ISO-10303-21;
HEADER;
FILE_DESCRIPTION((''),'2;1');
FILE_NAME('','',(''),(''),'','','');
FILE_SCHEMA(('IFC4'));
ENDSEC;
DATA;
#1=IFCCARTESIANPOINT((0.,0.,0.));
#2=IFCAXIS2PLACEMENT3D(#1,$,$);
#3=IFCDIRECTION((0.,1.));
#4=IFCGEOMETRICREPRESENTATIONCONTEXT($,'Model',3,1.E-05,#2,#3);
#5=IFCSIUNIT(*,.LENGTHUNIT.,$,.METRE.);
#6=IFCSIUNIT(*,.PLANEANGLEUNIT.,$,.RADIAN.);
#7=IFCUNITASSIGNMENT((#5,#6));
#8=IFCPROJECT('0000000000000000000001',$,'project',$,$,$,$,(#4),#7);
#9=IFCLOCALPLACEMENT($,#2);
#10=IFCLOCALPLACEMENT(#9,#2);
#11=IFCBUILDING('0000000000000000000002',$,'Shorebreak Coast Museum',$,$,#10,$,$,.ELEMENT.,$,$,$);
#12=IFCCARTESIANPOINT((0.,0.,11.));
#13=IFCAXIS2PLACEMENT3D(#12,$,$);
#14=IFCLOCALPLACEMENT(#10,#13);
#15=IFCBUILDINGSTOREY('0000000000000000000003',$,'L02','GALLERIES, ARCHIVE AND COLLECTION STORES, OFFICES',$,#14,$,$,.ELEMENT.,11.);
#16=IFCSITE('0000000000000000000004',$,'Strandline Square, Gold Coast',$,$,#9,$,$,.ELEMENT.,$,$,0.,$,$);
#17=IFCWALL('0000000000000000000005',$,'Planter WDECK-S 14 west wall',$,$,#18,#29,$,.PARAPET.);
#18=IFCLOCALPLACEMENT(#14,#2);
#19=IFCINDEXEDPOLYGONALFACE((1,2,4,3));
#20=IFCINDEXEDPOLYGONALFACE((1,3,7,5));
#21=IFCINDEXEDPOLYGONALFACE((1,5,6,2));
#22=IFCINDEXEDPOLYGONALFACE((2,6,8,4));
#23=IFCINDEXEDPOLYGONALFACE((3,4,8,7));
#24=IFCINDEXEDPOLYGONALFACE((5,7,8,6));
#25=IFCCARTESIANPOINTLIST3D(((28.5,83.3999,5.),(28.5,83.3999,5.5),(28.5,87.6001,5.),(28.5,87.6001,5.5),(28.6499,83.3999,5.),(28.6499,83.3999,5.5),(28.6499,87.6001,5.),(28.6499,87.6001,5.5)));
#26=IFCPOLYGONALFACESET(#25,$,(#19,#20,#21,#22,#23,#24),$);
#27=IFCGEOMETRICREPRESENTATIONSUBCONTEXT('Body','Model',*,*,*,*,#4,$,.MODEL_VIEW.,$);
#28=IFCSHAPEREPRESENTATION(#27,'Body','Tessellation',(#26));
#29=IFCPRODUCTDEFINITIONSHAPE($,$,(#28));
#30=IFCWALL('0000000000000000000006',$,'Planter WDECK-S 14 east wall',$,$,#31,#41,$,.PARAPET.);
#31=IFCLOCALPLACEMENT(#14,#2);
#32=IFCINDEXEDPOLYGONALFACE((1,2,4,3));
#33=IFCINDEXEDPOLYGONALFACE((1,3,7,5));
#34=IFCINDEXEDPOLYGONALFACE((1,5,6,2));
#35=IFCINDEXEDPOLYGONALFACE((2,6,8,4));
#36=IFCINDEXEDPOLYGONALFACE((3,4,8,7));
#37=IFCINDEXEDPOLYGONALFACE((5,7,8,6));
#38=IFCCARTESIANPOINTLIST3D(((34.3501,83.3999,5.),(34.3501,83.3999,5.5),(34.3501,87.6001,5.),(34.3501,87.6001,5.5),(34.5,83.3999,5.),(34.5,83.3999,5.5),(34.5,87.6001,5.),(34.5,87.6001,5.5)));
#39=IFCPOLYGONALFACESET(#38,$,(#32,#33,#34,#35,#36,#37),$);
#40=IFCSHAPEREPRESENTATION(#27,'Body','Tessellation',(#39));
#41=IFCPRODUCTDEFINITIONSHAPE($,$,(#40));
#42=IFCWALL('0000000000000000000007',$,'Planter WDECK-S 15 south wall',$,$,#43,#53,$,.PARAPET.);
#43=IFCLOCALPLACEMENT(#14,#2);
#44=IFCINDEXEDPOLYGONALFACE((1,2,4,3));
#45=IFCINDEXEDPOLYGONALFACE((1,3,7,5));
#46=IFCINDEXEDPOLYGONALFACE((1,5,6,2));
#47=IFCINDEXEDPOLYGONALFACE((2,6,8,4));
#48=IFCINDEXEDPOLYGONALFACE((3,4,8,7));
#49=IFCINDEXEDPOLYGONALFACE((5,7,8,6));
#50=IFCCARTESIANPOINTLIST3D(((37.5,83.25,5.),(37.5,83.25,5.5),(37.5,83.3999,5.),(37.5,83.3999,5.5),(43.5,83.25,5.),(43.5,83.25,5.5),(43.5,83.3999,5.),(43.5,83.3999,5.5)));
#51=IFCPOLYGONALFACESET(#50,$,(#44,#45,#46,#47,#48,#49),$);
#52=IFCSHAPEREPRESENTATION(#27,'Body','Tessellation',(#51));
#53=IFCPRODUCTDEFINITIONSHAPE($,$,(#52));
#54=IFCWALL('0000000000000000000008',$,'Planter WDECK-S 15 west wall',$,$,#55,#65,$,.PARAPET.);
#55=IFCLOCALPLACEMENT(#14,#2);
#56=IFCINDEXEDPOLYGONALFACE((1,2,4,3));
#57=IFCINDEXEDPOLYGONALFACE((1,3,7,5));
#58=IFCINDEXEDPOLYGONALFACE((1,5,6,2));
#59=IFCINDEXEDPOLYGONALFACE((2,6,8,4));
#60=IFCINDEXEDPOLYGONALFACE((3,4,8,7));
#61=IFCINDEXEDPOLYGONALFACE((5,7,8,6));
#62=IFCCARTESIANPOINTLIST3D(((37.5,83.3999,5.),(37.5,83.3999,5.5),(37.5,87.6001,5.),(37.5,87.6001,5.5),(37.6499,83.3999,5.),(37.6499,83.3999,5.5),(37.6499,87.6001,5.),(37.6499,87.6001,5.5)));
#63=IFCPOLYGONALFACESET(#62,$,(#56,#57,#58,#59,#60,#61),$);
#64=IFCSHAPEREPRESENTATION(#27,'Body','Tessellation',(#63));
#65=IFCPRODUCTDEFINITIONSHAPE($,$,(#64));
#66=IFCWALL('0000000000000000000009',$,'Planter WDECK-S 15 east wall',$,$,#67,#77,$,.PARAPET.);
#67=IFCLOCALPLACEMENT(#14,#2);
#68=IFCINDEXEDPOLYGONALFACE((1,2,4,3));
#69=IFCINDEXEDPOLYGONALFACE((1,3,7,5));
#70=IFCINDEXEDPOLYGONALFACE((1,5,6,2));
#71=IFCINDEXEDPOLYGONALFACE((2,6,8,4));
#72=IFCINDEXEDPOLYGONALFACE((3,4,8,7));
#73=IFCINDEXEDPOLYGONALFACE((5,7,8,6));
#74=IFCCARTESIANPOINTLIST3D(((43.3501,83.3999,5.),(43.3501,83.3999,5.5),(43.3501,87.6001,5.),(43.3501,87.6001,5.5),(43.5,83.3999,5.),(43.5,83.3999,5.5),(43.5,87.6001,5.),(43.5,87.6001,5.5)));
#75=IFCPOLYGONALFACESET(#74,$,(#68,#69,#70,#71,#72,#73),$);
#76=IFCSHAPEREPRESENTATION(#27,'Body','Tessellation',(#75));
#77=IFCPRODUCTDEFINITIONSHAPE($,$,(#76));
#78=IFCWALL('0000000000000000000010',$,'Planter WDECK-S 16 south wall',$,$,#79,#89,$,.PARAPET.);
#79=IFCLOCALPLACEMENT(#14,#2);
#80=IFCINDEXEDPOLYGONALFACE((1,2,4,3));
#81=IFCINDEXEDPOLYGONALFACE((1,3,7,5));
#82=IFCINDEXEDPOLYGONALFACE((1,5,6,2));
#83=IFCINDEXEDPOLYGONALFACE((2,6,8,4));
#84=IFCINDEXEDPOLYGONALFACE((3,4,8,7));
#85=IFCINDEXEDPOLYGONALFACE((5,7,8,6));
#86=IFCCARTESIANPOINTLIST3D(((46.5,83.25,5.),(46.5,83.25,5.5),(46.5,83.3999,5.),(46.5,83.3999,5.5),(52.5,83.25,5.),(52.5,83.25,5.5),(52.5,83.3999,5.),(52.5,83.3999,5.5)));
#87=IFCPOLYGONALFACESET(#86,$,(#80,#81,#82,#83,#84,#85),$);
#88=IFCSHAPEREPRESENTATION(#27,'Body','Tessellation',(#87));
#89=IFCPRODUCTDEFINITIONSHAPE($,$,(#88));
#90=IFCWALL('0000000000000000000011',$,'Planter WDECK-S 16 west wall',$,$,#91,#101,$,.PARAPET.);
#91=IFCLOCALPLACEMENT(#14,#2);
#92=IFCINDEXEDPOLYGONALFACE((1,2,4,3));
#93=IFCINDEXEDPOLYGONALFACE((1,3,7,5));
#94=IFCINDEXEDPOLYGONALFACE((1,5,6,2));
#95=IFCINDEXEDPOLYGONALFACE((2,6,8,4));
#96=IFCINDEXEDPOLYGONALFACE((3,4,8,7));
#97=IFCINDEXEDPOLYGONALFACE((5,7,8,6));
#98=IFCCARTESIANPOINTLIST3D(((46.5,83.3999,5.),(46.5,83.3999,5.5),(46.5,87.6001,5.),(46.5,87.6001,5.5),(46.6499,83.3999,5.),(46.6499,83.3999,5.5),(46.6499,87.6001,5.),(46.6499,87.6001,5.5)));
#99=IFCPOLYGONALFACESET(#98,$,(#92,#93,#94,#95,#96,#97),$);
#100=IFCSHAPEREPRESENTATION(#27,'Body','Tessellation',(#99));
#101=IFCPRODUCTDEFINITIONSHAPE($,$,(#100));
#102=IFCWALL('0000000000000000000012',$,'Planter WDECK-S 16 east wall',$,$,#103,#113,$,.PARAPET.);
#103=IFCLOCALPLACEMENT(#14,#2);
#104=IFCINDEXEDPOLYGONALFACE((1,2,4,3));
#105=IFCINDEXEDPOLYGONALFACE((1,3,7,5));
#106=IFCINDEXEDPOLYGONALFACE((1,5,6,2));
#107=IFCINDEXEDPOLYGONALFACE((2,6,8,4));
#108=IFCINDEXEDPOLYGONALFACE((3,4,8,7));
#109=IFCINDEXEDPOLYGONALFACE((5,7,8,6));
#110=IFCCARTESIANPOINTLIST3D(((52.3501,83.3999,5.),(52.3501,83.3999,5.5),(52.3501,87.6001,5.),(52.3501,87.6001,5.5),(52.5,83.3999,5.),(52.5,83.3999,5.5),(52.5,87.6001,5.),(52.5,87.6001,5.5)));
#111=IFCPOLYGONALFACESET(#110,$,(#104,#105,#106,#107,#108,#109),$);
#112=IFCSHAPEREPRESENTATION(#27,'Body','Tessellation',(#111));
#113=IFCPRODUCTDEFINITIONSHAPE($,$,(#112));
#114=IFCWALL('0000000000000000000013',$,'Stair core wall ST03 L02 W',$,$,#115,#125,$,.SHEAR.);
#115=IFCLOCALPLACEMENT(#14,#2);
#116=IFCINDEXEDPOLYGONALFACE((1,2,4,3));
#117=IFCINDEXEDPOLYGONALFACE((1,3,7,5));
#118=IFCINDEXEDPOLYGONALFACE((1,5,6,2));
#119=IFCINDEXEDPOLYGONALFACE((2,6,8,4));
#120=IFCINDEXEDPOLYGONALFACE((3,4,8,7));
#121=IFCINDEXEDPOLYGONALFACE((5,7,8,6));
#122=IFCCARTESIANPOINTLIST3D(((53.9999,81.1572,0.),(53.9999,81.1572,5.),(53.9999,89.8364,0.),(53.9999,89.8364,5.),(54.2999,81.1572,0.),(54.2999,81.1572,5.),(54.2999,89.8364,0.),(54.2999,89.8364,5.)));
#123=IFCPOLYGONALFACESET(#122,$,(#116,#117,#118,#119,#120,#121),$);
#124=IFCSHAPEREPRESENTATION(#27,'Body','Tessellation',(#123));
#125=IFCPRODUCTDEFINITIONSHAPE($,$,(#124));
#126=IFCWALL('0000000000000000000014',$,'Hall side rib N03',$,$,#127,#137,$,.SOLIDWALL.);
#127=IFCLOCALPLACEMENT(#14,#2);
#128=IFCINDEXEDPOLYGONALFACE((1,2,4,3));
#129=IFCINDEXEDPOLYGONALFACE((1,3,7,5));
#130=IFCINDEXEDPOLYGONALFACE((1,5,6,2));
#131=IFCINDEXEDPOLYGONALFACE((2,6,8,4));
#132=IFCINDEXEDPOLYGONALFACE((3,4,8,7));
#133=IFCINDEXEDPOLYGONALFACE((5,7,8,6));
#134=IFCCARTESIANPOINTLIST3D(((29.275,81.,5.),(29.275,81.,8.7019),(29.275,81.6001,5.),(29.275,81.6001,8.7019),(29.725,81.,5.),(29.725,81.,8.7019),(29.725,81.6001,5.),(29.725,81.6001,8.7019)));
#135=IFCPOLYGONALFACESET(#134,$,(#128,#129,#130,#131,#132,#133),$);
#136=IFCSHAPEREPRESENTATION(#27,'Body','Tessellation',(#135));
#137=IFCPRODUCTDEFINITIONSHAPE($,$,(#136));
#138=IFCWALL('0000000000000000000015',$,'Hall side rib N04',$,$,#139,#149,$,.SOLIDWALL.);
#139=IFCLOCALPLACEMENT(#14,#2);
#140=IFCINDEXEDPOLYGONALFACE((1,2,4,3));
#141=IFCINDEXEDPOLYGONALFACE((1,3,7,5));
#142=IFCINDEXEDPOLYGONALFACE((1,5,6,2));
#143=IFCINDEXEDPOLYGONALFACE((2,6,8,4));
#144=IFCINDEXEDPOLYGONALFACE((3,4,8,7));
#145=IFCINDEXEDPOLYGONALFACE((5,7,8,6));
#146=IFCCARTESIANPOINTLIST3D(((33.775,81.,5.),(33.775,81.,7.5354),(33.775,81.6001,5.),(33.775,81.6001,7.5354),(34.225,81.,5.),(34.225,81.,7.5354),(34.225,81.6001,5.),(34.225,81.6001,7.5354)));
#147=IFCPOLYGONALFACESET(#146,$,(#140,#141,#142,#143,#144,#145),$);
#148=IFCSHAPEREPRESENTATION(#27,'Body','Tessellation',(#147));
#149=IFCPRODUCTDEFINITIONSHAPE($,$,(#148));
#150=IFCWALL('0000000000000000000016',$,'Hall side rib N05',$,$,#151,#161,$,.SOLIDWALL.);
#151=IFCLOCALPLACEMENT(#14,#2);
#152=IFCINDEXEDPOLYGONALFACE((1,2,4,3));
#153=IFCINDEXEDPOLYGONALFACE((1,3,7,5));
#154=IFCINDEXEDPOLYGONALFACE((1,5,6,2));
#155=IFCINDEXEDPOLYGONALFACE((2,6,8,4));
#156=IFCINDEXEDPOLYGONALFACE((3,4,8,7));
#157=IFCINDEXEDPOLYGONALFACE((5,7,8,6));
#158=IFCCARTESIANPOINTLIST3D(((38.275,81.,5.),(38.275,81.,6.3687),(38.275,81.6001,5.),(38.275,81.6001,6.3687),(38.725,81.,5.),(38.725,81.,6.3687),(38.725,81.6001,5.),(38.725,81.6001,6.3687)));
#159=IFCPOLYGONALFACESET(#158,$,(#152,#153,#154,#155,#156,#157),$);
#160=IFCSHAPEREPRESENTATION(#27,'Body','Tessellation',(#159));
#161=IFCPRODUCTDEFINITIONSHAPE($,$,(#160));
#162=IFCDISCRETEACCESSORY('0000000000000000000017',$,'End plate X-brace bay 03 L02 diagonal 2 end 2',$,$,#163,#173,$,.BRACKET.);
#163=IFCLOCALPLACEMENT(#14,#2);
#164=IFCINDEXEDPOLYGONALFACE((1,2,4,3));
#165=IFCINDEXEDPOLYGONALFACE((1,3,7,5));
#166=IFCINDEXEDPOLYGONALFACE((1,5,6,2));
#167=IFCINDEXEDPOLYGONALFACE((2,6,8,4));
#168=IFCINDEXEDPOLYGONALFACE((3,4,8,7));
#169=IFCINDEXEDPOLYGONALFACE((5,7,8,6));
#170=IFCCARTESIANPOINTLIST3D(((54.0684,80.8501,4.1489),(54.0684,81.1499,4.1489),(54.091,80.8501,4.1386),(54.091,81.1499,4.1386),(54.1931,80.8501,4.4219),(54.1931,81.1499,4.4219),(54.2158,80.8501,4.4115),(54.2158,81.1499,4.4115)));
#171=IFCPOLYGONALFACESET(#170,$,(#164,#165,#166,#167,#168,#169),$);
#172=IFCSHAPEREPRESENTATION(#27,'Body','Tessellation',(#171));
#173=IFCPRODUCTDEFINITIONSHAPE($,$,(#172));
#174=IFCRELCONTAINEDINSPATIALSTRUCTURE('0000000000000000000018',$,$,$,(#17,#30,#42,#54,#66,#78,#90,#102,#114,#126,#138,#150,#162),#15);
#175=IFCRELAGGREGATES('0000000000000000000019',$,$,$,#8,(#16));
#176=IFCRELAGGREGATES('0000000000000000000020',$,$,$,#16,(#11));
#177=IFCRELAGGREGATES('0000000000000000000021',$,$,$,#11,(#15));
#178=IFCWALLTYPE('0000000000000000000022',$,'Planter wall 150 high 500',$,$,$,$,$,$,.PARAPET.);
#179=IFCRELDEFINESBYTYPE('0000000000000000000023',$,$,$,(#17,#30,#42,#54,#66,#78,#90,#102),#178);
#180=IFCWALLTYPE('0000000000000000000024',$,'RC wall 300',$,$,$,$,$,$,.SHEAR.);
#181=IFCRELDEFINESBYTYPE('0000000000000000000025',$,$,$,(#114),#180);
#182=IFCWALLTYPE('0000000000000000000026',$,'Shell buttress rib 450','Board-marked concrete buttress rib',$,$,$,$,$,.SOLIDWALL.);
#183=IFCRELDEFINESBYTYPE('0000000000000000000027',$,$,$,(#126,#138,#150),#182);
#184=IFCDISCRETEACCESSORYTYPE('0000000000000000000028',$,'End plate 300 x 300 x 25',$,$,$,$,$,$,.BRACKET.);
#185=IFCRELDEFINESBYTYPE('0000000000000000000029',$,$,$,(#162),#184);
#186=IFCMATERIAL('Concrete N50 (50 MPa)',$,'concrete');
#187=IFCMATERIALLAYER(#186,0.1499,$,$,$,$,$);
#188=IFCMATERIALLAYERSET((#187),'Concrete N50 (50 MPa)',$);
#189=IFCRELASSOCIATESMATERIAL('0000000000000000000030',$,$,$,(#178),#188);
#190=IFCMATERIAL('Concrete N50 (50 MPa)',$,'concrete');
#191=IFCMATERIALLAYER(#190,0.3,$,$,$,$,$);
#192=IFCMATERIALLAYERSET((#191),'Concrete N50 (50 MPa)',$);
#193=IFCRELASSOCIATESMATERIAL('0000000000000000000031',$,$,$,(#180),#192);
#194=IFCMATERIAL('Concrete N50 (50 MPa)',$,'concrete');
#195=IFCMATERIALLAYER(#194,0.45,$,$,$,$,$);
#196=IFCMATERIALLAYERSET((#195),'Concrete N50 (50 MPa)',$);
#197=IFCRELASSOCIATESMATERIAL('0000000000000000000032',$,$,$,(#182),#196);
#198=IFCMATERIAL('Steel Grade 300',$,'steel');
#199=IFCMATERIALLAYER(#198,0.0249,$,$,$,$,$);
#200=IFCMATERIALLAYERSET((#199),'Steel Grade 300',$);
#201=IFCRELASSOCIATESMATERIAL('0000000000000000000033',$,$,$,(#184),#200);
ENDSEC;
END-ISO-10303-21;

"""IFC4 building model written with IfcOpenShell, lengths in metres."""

from ifc_helpers import new_model, si_unit, direction, frame, frame_2d, origin, place, context, subcontext, project, spatial, polyline, rectangle, outline, extrude, material, layer, layer_set, type_object, element, save


model = new_model("IFC4")

# Units and contexts
model_context = context("Model", 3, precision=1e-05, world=origin(), true_north=direction((0.0, 1.0)))
body_context = subcontext(model_context, "Body", "Model", "MODEL_VIEW")
ifc_project = project(units=[si_unit("LENGTHUNIT", "METRE"), si_unit("PLANEANGLEUNIT", "RADIAN")], contexts=[model_context])

# Site, building, storey
site_placement = place(None, origin())
site = spatial("IfcSite", under=ifc_project, at=site_placement, Name="Strandline Square, Gold Coast", CompositionType="ELEMENT", RefElevation=0.0)
building_placement = place(site_placement, origin())
building = spatial("IfcBuilding", under=site, at=building_placement, Name="Shorebreak Coast Museum", CompositionType="ELEMENT")
storey_placement = place(building_placement, frame((0.0, 0.0, 11.0)))
storey = spatial("IfcBuildingStorey", under=building, at=storey_placement, Name="L02", Description="GALLERIES, ARCHIVE AND COLLECTION STORES, OFFICES", CompositionType="ELEMENT", Elevation=11.0)

# Walls
ifc_material_1 = material(Name="Concrete N50 (50 MPa)", Category="concrete")
ifc_layer_1 = layer(ifc_material_1, 0.1499)
ifc_layer_set_1 = layer_set([ifc_layer_1], Name="Concrete N50 (50 MPa)")
wall_type_1 = type_object("IfcWallType", Name="Planter wall 150 high 500", PredefinedType="PARAPET", material=ifc_layer_set_1)
for number, where, z_axis, x_axis, name in (
    (1, (28.575, 83.3999, 5.0), (0.0, 0.0, 1.0), (0.0, 1.0, 0.0), "Planter WDECK-S 14 west wall"),
    (2, (34.425, 83.3999, 5.0), (0.0, 0.0, 1.0), (0.0, 1.0, 0.0), "Planter WDECK-S 14 east wall"),
):
    element("IfcWall", number, at=place(storey_placement, frame(where, z_axis=z_axis, x_axis=x_axis)), inside=storey, type_object=wall_type_1, Name=name, PredefinedType="PARAPET", context=body_context, shape_type="SweptSolid", body=[
        extrude(rectangle(XDim=4.2002, YDim=0.1499, at=frame_2d((2.1001, 0.0))), origin(), (0.0, 0.0, 1.0), 0.5),
    ])
wall_1_placement = place(storey_placement, frame((37.5, 83.325, 5.0), z_axis=(0.0, 0.0, 1.0), x_axis=(1.0, 0.0, 0.0)))
element("IfcWall", 3, at=wall_1_placement, inside=storey, type_object=wall_type_1, Name="Planter WDECK-S 15 south wall", PredefinedType="PARAPET", context=body_context, shape_type="SweptSolid", body=[
    extrude(rectangle(XDim=6.0, YDim=0.1499, at=frame_2d((3.0, 0.0))), origin(), (0.0, 0.0, 1.0), 0.5),
])
for number, where, z_axis, x_axis, name in (
    (4, (37.575, 83.3999, 5.0), (0.0, 0.0, 1.0), (0.0, 1.0, 0.0), "Planter WDECK-S 15 west wall"),
    (5, (43.425, 83.3999, 5.0), (0.0, 0.0, 1.0), (0.0, 1.0, 0.0), "Planter WDECK-S 15 east wall"),
):
    element("IfcWall", number, at=place(storey_placement, frame(where, z_axis=z_axis, x_axis=x_axis)), inside=storey, type_object=wall_type_1, Name=name, PredefinedType="PARAPET", context=body_context, shape_type="SweptSolid", body=[
        extrude(rectangle(XDim=4.2002, YDim=0.1499, at=frame_2d((2.1001, 0.0))), origin(), (0.0, 0.0, 1.0), 0.5),
    ])
wall_2_placement = place(storey_placement, frame((46.5, 83.325, 5.0), z_axis=(0.0, 0.0, 1.0), x_axis=(1.0, 0.0, 0.0)))
element("IfcWall", 6, at=wall_2_placement, inside=storey, type_object=wall_type_1, Name="Planter WDECK-S 16 south wall", PredefinedType="PARAPET", context=body_context, shape_type="SweptSolid", body=[
    extrude(rectangle(XDim=6.0, YDim=0.1499, at=frame_2d((3.0, 0.0))), origin(), (0.0, 0.0, 1.0), 0.5),
])
for number, where, z_axis, x_axis, name in (
    (7, (46.575, 83.3999, 5.0), (0.0, 0.0, 1.0), (0.0, 1.0, 0.0), "Planter WDECK-S 16 west wall"),
    (8, (52.425, 83.3999, 5.0), (0.0, 0.0, 1.0), (0.0, 1.0, 0.0), "Planter WDECK-S 16 east wall"),
):
    element("IfcWall", number, at=place(storey_placement, frame(where, z_axis=z_axis, x_axis=x_axis)), inside=storey, type_object=wall_type_1, Name=name, PredefinedType="PARAPET", context=body_context, shape_type="SweptSolid", body=[
        extrude(rectangle(XDim=4.2002, YDim=0.1499, at=frame_2d((2.1001, 0.0))), origin(), (0.0, 0.0, 1.0), 0.5),
    ])
ifc_material_2 = material(Name="Concrete N50 (50 MPa)", Category="concrete")
ifc_layer_2 = layer(ifc_material_2, 0.3)
ifc_layer_set_2 = layer_set([ifc_layer_2], Name="Concrete N50 (50 MPa)")
wall_type_2 = type_object("IfcWallType", Name="RC wall 300", PredefinedType="SHEAR", material=ifc_layer_set_2)
wall_3_placement = place(storey_placement, frame((54.1499, 81.1572, 0.0), z_axis=(0.0, 0.0, 1.0), x_axis=(0.0, 1.0, 0.0)))
element("IfcWall", 9, at=wall_3_placement, inside=storey, type_object=wall_type_2, Name="Stair core wall ST03 L02 W", PredefinedType="SHEAR", context=body_context, shape_type="SweptSolid", body=[
    extrude(rectangle(XDim=8.6792, YDim=0.3, at=frame_2d((4.3396, 0.0))), origin(), (0.0, 0.0, 1.0), 5.0),
])
ifc_material_3 = material(Name="Concrete N50 (50 MPa)", Category="concrete")
ifc_layer_3 = layer(ifc_material_3, 0.45)
ifc_layer_set_3 = layer_set([ifc_layer_3], Name="Concrete N50 (50 MPa)")
wall_type_3 = type_object("IfcWallType", Name="Shell buttress rib 450", Description="Board-marked concrete buttress rib", PredefinedType="SOLIDWALL", material=ifc_layer_set_3)
wall_4_placement = place(storey_placement, frame((29.5, 81.0, 5.0), z_axis=(0.0, 0.0, 1.0), x_axis=(0.0, 1.0, 0.0)))
element("IfcWall", 10, at=wall_4_placement, inside=storey, type_object=wall_type_3, Name="Hall side rib N03", PredefinedType="SOLIDWALL", context=body_context, shape_type="SweptSolid", body=[
    extrude(rectangle(XDim=0.6001, YDim=0.45, at=frame_2d((0.3, 0.0))), origin(), (0.0, 0.0, 1.0), 3.7019),
])
wall_5_placement = place(storey_placement, frame((34.0, 81.0, 5.0), z_axis=(0.0, 0.0, 1.0), x_axis=(0.0, 1.0, 0.0)))
element("IfcWall", 11, at=wall_5_placement, inside=storey, type_object=wall_type_3, Name="Hall side rib N04", PredefinedType="SOLIDWALL", context=body_context, shape_type="SweptSolid", body=[
    extrude(rectangle(XDim=0.6001, YDim=0.45, at=frame_2d((0.3, 0.0))), origin(), (0.0, 0.0, 1.0), 2.5354),
])
wall_6_placement = place(storey_placement, frame((38.5, 81.0, 5.0), z_axis=(0.0, 0.0, 1.0), x_axis=(0.0, 1.0, 0.0)))
element("IfcWall", 12, at=wall_6_placement, inside=storey, type_object=wall_type_3, Name="Hall side rib N05", PredefinedType="SOLIDWALL", context=body_context, shape_type="SweptSolid", body=[
    extrude(rectangle(XDim=0.6001, YDim=0.45, at=frame_2d((0.3, 0.0))), origin(), (0.0, 0.0, 1.0), 1.3687),
])

# Discrete accessory
ifc_material_4 = material(Name="Steel Grade 300", Category="steel")
ifc_layer_4 = layer(ifc_material_4, 0.0249)
ifc_layer_set_4 = layer_set([ifc_layer_4], Name="Steel Grade 300")
discrete_accessory_type = type_object("IfcDiscreteAccessoryType", Name="End plate 300 x 300 x 25", PredefinedType="BRACKET", material=ifc_layer_set_4)
discrete_accessory_placement = place(storey_placement, frame((54.0684, 81.1499, 4.1489), z_axis=(-0.909501, 0.0, 0.415702), x_axis=(0.0, -1.0, 0.0)))
element("IfcDiscreteAccessory", 13, at=discrete_accessory_placement, inside=storey, type_object=discrete_accessory_type, Name="End plate X-brace bay 03 L02 diagonal 2 end 2", PredefinedType="BRACKET", context=body_context, shape_type="SweptSolid", body=[
    extrude(outline(polyline([(0.0, 0.0), (0.2998, 0.0), (0.2998, 0.3001), (0.0, 0.3001), (0.0, 0.0)])), origin(), (0.0, 0.0, -1.0), 0.0249),
])

save(model, "model.ifc")
